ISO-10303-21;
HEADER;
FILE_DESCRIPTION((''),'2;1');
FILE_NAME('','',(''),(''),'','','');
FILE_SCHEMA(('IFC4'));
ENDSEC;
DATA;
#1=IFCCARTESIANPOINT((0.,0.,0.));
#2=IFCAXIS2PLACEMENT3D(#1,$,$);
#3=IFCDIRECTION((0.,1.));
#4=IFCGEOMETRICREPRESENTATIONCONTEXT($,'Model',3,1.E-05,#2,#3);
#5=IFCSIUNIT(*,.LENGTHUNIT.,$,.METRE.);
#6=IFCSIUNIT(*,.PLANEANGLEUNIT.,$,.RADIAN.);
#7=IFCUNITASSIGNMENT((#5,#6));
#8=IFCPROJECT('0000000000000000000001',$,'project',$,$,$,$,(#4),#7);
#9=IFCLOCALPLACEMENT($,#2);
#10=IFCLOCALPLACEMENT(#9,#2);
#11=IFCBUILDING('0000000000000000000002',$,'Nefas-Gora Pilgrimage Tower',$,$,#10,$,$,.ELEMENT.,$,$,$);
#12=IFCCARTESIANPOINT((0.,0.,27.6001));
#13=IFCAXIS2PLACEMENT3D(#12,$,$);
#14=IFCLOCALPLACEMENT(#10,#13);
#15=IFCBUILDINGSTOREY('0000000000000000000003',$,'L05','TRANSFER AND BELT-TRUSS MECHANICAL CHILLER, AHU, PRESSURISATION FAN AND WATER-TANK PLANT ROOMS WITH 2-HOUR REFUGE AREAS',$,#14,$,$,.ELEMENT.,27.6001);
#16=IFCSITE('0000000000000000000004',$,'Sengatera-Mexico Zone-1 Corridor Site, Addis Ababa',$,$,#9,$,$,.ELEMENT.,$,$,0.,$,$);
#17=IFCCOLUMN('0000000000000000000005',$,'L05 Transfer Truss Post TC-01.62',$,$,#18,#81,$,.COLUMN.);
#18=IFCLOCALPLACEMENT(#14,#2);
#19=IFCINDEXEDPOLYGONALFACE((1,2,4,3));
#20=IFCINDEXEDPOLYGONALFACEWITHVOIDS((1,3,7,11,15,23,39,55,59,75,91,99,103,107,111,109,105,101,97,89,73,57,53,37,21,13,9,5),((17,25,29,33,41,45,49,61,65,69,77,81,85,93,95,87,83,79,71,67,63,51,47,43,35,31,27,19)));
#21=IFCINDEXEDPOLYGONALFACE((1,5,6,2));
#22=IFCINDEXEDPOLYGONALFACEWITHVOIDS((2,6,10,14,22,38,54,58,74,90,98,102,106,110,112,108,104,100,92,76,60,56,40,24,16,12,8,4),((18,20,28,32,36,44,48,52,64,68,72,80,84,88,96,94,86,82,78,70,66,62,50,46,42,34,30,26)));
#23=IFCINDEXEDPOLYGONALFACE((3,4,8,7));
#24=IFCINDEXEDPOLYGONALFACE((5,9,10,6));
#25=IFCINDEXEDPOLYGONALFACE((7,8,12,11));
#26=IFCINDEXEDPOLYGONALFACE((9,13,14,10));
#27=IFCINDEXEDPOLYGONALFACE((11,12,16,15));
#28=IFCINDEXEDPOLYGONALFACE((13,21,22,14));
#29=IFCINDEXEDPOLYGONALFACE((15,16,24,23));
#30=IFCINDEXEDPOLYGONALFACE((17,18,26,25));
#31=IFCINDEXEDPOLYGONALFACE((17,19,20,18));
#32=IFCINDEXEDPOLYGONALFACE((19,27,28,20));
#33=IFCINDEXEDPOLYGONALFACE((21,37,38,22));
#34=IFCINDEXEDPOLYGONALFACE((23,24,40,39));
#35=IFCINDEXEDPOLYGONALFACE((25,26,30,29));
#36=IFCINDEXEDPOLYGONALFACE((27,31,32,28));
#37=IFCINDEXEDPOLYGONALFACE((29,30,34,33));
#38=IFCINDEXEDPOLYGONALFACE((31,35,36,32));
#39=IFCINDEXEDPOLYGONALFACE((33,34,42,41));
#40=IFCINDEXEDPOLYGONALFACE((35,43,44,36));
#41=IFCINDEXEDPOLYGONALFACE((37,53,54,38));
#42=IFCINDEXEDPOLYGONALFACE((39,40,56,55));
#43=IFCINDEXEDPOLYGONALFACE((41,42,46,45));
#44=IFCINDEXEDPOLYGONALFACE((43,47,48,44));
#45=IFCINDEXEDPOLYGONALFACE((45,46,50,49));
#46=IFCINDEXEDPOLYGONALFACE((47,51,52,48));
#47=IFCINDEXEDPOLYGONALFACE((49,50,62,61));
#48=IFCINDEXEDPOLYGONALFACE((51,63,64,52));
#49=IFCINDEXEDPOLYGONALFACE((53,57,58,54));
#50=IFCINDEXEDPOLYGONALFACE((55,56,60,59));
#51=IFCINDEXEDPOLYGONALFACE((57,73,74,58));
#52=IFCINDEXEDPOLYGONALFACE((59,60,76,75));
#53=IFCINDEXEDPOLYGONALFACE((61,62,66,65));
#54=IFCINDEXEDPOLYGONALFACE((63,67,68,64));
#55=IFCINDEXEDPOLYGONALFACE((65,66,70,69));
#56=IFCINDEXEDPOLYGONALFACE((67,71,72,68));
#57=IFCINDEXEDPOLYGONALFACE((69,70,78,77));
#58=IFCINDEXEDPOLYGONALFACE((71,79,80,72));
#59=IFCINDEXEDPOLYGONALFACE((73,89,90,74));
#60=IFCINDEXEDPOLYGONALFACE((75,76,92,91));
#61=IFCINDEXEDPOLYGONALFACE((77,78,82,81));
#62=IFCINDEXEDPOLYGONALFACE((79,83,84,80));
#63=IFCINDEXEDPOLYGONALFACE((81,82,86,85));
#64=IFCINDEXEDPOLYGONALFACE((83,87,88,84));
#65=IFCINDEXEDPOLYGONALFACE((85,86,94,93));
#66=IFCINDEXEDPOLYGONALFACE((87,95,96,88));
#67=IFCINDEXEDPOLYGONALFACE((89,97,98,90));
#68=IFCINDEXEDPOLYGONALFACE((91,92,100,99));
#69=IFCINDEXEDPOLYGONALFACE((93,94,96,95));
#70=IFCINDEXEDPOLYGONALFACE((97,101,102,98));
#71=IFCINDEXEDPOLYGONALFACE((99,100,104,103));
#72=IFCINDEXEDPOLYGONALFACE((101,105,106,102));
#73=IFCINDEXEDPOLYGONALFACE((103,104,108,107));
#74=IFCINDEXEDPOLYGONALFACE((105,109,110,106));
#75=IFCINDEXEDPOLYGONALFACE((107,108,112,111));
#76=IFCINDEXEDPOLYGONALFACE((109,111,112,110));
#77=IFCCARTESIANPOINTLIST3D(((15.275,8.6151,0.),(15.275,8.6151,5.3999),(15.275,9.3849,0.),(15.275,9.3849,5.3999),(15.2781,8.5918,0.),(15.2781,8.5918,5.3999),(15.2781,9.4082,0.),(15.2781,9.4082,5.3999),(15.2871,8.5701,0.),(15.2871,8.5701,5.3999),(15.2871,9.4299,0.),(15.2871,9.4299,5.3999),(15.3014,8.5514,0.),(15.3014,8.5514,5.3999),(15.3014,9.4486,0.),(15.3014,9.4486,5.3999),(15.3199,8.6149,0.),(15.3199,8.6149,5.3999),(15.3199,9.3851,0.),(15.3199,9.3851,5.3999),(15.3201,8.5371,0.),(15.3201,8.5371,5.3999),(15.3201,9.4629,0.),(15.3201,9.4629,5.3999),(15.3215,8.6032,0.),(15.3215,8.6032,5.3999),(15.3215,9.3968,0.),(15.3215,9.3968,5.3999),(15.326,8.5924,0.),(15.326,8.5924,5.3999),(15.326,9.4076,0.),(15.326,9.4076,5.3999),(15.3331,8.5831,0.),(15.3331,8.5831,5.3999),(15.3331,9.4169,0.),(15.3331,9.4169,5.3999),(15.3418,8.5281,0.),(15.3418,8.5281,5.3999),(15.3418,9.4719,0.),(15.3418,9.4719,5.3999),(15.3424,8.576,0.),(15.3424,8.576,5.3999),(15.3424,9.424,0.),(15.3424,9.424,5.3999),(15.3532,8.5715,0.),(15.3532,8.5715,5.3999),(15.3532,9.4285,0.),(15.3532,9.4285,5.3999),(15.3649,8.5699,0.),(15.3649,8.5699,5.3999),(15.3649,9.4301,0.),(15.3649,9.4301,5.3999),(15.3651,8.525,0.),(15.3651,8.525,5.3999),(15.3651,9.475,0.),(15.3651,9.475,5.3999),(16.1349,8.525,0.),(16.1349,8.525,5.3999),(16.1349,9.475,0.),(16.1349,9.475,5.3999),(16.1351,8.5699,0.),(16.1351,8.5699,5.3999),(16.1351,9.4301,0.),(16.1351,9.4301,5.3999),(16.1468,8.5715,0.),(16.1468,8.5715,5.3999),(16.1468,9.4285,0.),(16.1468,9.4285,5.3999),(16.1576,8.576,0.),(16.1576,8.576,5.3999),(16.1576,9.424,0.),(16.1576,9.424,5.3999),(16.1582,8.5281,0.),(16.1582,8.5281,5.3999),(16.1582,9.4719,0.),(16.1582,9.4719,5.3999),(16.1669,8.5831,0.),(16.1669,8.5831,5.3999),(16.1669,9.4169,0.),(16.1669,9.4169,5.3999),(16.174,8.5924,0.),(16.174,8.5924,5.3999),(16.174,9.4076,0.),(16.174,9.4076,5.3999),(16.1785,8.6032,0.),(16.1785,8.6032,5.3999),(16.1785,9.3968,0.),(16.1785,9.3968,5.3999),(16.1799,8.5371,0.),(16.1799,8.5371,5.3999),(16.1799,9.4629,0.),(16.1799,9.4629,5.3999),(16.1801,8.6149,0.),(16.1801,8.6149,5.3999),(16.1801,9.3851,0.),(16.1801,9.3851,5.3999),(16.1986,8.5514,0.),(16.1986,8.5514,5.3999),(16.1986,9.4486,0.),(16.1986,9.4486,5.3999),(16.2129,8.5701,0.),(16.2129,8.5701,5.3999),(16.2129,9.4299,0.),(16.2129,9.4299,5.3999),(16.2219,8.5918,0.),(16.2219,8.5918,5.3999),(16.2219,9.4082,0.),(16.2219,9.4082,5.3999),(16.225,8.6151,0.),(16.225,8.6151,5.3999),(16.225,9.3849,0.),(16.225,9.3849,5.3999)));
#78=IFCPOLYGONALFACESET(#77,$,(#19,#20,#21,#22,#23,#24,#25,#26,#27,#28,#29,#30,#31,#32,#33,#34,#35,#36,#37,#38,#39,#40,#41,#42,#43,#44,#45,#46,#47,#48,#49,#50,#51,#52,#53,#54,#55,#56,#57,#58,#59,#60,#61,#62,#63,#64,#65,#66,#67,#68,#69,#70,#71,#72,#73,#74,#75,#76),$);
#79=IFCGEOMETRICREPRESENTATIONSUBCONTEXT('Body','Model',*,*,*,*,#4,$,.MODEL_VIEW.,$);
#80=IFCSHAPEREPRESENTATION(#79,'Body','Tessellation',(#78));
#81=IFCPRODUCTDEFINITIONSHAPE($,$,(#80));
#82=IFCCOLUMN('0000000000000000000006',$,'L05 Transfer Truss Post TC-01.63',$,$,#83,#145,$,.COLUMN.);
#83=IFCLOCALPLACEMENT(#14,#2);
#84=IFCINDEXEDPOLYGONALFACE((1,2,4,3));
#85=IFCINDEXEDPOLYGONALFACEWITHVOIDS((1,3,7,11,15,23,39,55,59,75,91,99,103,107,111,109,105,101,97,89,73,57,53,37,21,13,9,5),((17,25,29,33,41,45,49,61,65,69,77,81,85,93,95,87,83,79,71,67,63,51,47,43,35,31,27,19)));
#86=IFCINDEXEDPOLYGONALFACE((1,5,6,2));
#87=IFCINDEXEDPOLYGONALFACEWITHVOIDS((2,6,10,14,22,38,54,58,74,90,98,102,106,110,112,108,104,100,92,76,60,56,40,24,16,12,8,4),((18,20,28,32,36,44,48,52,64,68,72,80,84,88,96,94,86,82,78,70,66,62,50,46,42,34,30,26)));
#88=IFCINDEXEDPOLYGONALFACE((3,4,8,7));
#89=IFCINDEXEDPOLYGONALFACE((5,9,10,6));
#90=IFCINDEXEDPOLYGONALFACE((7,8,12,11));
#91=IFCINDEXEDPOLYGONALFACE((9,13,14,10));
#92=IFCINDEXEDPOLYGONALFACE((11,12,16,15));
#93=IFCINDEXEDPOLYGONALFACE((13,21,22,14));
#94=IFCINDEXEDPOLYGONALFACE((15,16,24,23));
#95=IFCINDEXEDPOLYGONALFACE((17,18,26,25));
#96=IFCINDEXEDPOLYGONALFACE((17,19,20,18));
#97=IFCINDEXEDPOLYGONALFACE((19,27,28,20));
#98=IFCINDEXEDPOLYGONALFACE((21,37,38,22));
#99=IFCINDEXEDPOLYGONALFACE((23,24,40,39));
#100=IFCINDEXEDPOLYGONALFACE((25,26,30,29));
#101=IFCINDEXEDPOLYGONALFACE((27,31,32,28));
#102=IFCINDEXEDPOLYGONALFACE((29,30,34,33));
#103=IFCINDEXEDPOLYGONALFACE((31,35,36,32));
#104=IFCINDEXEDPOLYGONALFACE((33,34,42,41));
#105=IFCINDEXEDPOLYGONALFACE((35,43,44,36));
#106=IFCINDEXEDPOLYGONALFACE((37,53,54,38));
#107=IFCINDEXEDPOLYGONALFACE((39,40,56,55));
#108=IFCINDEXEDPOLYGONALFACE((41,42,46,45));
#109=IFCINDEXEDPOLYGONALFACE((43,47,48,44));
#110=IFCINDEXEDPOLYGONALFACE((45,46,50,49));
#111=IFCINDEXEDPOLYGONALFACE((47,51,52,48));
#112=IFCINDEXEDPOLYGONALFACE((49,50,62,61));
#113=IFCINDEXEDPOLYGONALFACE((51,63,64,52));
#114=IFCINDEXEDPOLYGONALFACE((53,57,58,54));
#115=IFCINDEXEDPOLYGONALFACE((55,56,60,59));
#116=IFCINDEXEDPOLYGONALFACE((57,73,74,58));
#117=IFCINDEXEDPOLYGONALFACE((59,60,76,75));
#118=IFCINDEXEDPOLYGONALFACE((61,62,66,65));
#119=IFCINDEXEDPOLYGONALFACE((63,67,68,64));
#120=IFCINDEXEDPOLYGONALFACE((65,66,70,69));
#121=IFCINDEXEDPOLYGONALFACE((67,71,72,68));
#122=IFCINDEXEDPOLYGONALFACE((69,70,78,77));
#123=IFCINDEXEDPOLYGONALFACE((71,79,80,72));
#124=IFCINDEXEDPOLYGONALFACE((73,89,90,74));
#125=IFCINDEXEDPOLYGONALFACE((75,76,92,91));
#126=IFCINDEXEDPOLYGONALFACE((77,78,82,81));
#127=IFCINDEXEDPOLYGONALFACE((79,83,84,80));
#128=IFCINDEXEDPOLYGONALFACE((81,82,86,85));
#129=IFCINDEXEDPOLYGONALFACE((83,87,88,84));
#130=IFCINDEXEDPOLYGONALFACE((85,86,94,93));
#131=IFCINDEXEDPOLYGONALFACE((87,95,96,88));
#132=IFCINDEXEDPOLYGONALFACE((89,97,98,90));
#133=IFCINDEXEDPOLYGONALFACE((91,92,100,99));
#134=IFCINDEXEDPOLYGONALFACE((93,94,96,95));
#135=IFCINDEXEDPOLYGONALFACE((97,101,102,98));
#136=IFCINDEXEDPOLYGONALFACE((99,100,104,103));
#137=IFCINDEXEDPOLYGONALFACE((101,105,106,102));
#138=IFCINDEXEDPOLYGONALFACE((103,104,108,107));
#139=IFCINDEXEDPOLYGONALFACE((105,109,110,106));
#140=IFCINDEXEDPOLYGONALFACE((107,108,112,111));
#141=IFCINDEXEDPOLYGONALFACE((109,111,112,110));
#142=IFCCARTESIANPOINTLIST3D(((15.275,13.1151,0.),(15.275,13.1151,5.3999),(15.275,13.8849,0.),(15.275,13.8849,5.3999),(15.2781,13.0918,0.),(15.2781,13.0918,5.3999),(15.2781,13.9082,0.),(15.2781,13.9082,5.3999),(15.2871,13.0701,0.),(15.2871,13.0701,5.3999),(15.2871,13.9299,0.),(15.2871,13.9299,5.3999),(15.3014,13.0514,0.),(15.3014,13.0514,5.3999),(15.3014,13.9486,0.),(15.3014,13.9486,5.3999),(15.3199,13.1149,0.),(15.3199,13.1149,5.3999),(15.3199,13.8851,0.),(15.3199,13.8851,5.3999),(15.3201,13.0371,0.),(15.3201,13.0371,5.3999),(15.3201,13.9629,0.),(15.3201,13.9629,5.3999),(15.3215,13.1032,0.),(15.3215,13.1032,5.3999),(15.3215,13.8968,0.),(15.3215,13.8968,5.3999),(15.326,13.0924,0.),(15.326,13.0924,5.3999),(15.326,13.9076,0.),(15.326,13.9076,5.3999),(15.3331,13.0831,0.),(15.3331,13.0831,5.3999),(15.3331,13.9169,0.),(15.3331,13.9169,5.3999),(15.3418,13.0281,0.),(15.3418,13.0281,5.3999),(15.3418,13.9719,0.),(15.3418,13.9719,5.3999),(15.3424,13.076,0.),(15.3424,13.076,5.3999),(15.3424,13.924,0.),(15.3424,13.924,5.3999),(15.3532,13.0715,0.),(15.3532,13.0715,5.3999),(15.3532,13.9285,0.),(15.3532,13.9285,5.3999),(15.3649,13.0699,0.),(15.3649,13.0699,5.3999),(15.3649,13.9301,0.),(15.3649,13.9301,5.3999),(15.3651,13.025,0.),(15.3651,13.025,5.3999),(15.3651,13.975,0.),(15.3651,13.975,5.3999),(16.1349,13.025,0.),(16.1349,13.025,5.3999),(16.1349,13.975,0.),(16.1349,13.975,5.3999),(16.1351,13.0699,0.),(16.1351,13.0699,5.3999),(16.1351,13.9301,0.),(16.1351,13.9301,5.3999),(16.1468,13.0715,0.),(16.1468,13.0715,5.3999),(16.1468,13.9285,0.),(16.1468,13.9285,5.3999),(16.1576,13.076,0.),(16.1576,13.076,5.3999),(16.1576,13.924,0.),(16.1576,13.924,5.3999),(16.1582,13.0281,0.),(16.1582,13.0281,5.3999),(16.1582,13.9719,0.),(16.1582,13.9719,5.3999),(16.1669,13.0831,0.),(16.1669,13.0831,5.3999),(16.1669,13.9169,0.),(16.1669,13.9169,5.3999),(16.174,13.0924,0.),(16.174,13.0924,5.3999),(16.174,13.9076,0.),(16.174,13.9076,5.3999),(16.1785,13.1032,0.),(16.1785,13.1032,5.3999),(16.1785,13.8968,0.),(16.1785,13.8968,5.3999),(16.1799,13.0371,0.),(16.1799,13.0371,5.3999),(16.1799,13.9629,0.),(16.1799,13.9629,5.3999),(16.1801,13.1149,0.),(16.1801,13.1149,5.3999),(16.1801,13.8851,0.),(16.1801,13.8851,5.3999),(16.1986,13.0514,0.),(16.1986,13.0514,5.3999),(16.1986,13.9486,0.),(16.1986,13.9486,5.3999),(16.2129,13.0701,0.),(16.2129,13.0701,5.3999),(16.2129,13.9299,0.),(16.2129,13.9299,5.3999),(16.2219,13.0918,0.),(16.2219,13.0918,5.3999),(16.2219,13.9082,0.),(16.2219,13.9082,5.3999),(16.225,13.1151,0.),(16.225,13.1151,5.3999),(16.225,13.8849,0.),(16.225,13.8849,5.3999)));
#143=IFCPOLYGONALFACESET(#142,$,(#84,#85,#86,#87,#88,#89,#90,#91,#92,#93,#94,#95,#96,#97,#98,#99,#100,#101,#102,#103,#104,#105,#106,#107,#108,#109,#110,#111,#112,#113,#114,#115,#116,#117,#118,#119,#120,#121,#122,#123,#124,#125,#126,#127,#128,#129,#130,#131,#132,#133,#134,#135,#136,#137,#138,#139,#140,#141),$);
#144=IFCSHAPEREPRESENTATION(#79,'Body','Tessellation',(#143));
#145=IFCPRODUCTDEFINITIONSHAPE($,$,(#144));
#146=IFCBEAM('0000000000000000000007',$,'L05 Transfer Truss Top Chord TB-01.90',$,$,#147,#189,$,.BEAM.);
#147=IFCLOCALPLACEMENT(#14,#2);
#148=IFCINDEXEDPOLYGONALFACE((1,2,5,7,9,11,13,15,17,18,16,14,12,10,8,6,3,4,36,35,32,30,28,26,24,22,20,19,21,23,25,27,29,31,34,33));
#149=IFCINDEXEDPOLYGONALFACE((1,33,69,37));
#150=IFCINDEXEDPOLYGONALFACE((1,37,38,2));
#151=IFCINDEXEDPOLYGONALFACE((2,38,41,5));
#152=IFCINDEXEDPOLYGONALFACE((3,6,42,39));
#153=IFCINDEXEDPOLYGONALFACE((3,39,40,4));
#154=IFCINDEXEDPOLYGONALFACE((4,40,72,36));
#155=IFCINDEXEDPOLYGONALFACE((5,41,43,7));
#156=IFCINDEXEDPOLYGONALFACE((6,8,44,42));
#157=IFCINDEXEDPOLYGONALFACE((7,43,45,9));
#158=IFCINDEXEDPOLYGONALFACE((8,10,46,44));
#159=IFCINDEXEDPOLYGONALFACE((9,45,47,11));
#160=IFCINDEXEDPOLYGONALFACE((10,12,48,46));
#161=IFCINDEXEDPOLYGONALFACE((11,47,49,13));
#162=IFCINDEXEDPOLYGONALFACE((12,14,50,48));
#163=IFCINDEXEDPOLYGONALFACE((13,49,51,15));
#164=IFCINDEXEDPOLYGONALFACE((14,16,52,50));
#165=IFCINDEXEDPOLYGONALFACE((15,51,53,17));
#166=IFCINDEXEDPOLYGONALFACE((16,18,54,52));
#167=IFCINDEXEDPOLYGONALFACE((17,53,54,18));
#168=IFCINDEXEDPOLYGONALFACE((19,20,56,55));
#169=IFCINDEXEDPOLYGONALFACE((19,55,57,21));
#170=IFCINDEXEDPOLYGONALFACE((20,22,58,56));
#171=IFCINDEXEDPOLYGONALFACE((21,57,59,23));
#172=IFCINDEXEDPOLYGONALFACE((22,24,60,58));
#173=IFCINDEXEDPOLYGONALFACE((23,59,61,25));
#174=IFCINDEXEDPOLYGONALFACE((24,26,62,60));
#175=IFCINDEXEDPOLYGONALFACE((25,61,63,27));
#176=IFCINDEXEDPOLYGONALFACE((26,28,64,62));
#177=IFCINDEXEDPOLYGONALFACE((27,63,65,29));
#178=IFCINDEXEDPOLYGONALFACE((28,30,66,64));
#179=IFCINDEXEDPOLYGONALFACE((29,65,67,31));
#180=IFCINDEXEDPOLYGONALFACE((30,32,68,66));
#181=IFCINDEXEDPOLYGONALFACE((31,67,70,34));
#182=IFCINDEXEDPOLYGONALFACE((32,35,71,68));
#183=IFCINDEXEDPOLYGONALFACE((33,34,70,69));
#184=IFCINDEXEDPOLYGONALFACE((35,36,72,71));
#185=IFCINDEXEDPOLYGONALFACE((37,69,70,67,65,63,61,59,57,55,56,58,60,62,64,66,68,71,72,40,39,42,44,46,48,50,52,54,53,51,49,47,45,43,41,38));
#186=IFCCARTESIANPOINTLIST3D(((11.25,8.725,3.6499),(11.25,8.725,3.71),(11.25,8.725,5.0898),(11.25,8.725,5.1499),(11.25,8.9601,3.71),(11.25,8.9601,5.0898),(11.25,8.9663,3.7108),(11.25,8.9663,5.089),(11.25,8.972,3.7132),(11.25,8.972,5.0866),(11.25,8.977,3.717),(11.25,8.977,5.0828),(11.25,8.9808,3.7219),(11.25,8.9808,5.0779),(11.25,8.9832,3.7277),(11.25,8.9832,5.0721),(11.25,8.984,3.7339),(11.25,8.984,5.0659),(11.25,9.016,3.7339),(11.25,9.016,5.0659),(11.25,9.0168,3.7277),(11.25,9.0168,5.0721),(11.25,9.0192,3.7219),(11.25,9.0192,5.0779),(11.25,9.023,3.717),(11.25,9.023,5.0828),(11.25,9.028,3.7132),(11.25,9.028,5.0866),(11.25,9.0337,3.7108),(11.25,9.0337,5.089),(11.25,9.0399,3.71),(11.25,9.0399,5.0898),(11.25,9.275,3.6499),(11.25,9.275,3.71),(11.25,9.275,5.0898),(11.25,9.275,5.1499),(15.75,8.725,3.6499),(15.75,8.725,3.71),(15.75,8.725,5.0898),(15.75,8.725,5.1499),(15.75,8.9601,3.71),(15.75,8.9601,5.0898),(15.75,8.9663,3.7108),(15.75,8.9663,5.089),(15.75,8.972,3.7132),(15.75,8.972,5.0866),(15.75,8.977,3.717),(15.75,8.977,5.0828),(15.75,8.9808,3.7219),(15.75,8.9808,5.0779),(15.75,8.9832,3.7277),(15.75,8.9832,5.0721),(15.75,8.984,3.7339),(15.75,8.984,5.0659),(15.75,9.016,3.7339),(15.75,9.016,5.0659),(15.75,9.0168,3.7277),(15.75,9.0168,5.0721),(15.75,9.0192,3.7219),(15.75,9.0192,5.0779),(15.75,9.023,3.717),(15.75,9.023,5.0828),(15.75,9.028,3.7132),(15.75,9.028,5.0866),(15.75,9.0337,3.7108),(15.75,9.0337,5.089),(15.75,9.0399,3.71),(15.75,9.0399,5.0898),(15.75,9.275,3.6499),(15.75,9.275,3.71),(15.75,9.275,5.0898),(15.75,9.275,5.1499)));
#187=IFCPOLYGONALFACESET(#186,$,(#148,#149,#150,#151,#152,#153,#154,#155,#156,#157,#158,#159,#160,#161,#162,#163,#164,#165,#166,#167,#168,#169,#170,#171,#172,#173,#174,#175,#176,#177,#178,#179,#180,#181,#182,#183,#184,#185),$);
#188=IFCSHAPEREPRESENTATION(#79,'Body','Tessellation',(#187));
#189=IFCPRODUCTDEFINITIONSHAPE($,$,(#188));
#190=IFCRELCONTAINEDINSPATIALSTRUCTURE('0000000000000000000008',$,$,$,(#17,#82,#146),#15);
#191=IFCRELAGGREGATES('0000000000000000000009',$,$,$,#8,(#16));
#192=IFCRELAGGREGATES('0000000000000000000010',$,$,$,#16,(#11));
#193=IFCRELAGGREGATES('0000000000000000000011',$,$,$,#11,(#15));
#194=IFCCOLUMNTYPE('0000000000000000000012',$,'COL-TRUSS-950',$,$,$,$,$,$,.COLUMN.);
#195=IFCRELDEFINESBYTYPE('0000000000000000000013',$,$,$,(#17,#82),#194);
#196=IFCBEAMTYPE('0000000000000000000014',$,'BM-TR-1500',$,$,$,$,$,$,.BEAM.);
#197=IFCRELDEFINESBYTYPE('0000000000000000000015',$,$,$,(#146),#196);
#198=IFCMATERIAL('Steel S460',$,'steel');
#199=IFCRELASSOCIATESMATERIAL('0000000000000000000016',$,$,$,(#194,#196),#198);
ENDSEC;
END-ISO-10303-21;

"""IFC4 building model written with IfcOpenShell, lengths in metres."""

from ifc_helpers import new_model, si_unit, direction, frame, origin, origin_2d, place, context, subcontext, project, spatial, hollow_rectangle, i_section, extrude, source, transform, mapped, material, material_profile, profile_set, type_object, element, save


model = new_model("IFC4")

# Units and contexts
model_context = context("Model", 3, precision=1e-05, world=origin(), true_north=direction((0.0, 1.0)))
body_context = subcontext(model_context, "Body", "Model", "MODEL_VIEW")
ifc_project = project(units=[si_unit("LENGTHUNIT", "METRE"), si_unit("PLANEANGLEUNIT", "RADIAN")], contexts=[model_context])

# Site, building, storey
site_placement = place(None, origin())
site = spatial("IfcSite", under=ifc_project, at=site_placement, Name="Sengatera-Mexico Zone-1 Corridor Site, Addis Ababa", CompositionType="ELEMENT", RefElevation=0.0)
building_placement = place(site_placement, origin())
building = spatial("IfcBuilding", under=site, at=building_placement, Name="Nefas-Gora Pilgrimage Tower", CompositionType="ELEMENT")
storey_placement = place(building_placement, frame((0.0, 0.0, 27.6001)))
storey = spatial("IfcBuildingStorey", under=building, at=storey_placement, Name="L05", Description="TRANSFER AND BELT-TRUSS MECHANICAL CHILLER, AHU, PRESSURISATION FAN AND WATER-TANK PLANT ROOMS WITH 2-HOUR REFUGE AREAS", CompositionType="ELEMENT", Elevation=27.6001)

# Columns
ifc_material_1 = material(Name="Steel S460", Category="steel")
ifc_material_profile_1 = material_profile(ifc_material_1, hollow_rectangle(XDim=0.95, YDim=0.95, WallThickness=0.0449, InnerFilletRadius=0.0449, OuterFilletRadius=0.0901, at=origin_2d()), Name="BOX 950x950x45")
ifc_profile_set_1 = profile_set([ifc_material_profile_1], Name="Steel S460")
column_type_1 = type_object("IfcColumnType", Name="COL-TRUSS-950", PredefinedType="COLUMN", material=ifc_profile_set_1)
shared_shape_1 = source(origin(), body_context, "Body", "SweptSolid", [
    extrude(hollow_rectangle(XDim=0.95, YDim=0.95, WallThickness=0.0449, InnerFilletRadius=0.0449, OuterFilletRadius=0.0901, at=origin_2d()), origin(), (0.0, 0.0, 1.0), 5.3999),
])
for number, where, z_axis, x_axis, name in (
    (1, (15.75, 9.0, 0.0), (0.0, 0.0, 1.0), (1.0, 0.0, 0.0), "L05 Transfer Truss Post TC-01.62"),
    (2, (15.75, 13.5, 0.0), (0.0, 0.0, 1.0), (1.0, 0.0, 0.0), "L05 Transfer Truss Post TC-01.63"),
):
    element("IfcColumn", number, at=place(storey_placement, frame(where, z_axis=z_axis, x_axis=x_axis)), inside=storey, type_object=column_type_1, Name=name, PredefinedType="COLUMN", context=body_context, shape_type="MappedRepresentation", body=[
        mapped(shared_shape_1, transform((0.0, 0.0, 0.0), x_axis=(1.0, 0.0, 0.0), y_axis=(0.0, 1.0, 0.0), z_axis=(0.0, 0.0, 1.0), scale=1.0)),
    ])

# Beam
ifc_material_profile_2 = material_profile(ifc_material_1, i_section(OverallWidth=0.55, OverallDepth=1.5, WebThickness=0.032, FlangeThickness=0.0601, FilletRadius=0.0239, at=origin_2d()), Name="WPG 1500x550x32x60")
ifc_profile_set_2 = profile_set([ifc_material_profile_2], Name="Steel S460")
beam_type = type_object("IfcBeamType", Name="BM-TR-1500", PredefinedType="BEAM", material=ifc_profile_set_2)
shared_shape_2 = source(origin(), body_context, "Body", "SweptSolid", [
    extrude(i_section(OverallWidth=0.55, OverallDepth=1.5, WebThickness=0.032, FlangeThickness=0.0601, FilletRadius=0.0239, at=origin_2d()), origin(), (0.0, 0.0, 1.0), 4.5),
])
for number, where, z_axis, x_axis, name in (
    (3, (11.25, 9.0, 4.3999), (1.0, 0.0, 0.0), (0.0, 1.0, 0.0), "L05 Transfer Truss Top Chord TB-01.90"),
):
    element("IfcBeam", number, at=place(storey_placement, frame(where, z_axis=z_axis, x_axis=x_axis)), inside=storey, type_object=beam_type, Name=name, PredefinedType="BEAM", context=body_context, shape_type="MappedRepresentation", body=[
        mapped(shared_shape_2, transform((0.0, 0.0, 0.0), x_axis=(1.0, 0.0, 0.0), y_axis=(0.0, 1.0, 0.0), z_axis=(0.0, 0.0, 1.0), scale=1.0)),
    ])

save(model, "model.ifc")
